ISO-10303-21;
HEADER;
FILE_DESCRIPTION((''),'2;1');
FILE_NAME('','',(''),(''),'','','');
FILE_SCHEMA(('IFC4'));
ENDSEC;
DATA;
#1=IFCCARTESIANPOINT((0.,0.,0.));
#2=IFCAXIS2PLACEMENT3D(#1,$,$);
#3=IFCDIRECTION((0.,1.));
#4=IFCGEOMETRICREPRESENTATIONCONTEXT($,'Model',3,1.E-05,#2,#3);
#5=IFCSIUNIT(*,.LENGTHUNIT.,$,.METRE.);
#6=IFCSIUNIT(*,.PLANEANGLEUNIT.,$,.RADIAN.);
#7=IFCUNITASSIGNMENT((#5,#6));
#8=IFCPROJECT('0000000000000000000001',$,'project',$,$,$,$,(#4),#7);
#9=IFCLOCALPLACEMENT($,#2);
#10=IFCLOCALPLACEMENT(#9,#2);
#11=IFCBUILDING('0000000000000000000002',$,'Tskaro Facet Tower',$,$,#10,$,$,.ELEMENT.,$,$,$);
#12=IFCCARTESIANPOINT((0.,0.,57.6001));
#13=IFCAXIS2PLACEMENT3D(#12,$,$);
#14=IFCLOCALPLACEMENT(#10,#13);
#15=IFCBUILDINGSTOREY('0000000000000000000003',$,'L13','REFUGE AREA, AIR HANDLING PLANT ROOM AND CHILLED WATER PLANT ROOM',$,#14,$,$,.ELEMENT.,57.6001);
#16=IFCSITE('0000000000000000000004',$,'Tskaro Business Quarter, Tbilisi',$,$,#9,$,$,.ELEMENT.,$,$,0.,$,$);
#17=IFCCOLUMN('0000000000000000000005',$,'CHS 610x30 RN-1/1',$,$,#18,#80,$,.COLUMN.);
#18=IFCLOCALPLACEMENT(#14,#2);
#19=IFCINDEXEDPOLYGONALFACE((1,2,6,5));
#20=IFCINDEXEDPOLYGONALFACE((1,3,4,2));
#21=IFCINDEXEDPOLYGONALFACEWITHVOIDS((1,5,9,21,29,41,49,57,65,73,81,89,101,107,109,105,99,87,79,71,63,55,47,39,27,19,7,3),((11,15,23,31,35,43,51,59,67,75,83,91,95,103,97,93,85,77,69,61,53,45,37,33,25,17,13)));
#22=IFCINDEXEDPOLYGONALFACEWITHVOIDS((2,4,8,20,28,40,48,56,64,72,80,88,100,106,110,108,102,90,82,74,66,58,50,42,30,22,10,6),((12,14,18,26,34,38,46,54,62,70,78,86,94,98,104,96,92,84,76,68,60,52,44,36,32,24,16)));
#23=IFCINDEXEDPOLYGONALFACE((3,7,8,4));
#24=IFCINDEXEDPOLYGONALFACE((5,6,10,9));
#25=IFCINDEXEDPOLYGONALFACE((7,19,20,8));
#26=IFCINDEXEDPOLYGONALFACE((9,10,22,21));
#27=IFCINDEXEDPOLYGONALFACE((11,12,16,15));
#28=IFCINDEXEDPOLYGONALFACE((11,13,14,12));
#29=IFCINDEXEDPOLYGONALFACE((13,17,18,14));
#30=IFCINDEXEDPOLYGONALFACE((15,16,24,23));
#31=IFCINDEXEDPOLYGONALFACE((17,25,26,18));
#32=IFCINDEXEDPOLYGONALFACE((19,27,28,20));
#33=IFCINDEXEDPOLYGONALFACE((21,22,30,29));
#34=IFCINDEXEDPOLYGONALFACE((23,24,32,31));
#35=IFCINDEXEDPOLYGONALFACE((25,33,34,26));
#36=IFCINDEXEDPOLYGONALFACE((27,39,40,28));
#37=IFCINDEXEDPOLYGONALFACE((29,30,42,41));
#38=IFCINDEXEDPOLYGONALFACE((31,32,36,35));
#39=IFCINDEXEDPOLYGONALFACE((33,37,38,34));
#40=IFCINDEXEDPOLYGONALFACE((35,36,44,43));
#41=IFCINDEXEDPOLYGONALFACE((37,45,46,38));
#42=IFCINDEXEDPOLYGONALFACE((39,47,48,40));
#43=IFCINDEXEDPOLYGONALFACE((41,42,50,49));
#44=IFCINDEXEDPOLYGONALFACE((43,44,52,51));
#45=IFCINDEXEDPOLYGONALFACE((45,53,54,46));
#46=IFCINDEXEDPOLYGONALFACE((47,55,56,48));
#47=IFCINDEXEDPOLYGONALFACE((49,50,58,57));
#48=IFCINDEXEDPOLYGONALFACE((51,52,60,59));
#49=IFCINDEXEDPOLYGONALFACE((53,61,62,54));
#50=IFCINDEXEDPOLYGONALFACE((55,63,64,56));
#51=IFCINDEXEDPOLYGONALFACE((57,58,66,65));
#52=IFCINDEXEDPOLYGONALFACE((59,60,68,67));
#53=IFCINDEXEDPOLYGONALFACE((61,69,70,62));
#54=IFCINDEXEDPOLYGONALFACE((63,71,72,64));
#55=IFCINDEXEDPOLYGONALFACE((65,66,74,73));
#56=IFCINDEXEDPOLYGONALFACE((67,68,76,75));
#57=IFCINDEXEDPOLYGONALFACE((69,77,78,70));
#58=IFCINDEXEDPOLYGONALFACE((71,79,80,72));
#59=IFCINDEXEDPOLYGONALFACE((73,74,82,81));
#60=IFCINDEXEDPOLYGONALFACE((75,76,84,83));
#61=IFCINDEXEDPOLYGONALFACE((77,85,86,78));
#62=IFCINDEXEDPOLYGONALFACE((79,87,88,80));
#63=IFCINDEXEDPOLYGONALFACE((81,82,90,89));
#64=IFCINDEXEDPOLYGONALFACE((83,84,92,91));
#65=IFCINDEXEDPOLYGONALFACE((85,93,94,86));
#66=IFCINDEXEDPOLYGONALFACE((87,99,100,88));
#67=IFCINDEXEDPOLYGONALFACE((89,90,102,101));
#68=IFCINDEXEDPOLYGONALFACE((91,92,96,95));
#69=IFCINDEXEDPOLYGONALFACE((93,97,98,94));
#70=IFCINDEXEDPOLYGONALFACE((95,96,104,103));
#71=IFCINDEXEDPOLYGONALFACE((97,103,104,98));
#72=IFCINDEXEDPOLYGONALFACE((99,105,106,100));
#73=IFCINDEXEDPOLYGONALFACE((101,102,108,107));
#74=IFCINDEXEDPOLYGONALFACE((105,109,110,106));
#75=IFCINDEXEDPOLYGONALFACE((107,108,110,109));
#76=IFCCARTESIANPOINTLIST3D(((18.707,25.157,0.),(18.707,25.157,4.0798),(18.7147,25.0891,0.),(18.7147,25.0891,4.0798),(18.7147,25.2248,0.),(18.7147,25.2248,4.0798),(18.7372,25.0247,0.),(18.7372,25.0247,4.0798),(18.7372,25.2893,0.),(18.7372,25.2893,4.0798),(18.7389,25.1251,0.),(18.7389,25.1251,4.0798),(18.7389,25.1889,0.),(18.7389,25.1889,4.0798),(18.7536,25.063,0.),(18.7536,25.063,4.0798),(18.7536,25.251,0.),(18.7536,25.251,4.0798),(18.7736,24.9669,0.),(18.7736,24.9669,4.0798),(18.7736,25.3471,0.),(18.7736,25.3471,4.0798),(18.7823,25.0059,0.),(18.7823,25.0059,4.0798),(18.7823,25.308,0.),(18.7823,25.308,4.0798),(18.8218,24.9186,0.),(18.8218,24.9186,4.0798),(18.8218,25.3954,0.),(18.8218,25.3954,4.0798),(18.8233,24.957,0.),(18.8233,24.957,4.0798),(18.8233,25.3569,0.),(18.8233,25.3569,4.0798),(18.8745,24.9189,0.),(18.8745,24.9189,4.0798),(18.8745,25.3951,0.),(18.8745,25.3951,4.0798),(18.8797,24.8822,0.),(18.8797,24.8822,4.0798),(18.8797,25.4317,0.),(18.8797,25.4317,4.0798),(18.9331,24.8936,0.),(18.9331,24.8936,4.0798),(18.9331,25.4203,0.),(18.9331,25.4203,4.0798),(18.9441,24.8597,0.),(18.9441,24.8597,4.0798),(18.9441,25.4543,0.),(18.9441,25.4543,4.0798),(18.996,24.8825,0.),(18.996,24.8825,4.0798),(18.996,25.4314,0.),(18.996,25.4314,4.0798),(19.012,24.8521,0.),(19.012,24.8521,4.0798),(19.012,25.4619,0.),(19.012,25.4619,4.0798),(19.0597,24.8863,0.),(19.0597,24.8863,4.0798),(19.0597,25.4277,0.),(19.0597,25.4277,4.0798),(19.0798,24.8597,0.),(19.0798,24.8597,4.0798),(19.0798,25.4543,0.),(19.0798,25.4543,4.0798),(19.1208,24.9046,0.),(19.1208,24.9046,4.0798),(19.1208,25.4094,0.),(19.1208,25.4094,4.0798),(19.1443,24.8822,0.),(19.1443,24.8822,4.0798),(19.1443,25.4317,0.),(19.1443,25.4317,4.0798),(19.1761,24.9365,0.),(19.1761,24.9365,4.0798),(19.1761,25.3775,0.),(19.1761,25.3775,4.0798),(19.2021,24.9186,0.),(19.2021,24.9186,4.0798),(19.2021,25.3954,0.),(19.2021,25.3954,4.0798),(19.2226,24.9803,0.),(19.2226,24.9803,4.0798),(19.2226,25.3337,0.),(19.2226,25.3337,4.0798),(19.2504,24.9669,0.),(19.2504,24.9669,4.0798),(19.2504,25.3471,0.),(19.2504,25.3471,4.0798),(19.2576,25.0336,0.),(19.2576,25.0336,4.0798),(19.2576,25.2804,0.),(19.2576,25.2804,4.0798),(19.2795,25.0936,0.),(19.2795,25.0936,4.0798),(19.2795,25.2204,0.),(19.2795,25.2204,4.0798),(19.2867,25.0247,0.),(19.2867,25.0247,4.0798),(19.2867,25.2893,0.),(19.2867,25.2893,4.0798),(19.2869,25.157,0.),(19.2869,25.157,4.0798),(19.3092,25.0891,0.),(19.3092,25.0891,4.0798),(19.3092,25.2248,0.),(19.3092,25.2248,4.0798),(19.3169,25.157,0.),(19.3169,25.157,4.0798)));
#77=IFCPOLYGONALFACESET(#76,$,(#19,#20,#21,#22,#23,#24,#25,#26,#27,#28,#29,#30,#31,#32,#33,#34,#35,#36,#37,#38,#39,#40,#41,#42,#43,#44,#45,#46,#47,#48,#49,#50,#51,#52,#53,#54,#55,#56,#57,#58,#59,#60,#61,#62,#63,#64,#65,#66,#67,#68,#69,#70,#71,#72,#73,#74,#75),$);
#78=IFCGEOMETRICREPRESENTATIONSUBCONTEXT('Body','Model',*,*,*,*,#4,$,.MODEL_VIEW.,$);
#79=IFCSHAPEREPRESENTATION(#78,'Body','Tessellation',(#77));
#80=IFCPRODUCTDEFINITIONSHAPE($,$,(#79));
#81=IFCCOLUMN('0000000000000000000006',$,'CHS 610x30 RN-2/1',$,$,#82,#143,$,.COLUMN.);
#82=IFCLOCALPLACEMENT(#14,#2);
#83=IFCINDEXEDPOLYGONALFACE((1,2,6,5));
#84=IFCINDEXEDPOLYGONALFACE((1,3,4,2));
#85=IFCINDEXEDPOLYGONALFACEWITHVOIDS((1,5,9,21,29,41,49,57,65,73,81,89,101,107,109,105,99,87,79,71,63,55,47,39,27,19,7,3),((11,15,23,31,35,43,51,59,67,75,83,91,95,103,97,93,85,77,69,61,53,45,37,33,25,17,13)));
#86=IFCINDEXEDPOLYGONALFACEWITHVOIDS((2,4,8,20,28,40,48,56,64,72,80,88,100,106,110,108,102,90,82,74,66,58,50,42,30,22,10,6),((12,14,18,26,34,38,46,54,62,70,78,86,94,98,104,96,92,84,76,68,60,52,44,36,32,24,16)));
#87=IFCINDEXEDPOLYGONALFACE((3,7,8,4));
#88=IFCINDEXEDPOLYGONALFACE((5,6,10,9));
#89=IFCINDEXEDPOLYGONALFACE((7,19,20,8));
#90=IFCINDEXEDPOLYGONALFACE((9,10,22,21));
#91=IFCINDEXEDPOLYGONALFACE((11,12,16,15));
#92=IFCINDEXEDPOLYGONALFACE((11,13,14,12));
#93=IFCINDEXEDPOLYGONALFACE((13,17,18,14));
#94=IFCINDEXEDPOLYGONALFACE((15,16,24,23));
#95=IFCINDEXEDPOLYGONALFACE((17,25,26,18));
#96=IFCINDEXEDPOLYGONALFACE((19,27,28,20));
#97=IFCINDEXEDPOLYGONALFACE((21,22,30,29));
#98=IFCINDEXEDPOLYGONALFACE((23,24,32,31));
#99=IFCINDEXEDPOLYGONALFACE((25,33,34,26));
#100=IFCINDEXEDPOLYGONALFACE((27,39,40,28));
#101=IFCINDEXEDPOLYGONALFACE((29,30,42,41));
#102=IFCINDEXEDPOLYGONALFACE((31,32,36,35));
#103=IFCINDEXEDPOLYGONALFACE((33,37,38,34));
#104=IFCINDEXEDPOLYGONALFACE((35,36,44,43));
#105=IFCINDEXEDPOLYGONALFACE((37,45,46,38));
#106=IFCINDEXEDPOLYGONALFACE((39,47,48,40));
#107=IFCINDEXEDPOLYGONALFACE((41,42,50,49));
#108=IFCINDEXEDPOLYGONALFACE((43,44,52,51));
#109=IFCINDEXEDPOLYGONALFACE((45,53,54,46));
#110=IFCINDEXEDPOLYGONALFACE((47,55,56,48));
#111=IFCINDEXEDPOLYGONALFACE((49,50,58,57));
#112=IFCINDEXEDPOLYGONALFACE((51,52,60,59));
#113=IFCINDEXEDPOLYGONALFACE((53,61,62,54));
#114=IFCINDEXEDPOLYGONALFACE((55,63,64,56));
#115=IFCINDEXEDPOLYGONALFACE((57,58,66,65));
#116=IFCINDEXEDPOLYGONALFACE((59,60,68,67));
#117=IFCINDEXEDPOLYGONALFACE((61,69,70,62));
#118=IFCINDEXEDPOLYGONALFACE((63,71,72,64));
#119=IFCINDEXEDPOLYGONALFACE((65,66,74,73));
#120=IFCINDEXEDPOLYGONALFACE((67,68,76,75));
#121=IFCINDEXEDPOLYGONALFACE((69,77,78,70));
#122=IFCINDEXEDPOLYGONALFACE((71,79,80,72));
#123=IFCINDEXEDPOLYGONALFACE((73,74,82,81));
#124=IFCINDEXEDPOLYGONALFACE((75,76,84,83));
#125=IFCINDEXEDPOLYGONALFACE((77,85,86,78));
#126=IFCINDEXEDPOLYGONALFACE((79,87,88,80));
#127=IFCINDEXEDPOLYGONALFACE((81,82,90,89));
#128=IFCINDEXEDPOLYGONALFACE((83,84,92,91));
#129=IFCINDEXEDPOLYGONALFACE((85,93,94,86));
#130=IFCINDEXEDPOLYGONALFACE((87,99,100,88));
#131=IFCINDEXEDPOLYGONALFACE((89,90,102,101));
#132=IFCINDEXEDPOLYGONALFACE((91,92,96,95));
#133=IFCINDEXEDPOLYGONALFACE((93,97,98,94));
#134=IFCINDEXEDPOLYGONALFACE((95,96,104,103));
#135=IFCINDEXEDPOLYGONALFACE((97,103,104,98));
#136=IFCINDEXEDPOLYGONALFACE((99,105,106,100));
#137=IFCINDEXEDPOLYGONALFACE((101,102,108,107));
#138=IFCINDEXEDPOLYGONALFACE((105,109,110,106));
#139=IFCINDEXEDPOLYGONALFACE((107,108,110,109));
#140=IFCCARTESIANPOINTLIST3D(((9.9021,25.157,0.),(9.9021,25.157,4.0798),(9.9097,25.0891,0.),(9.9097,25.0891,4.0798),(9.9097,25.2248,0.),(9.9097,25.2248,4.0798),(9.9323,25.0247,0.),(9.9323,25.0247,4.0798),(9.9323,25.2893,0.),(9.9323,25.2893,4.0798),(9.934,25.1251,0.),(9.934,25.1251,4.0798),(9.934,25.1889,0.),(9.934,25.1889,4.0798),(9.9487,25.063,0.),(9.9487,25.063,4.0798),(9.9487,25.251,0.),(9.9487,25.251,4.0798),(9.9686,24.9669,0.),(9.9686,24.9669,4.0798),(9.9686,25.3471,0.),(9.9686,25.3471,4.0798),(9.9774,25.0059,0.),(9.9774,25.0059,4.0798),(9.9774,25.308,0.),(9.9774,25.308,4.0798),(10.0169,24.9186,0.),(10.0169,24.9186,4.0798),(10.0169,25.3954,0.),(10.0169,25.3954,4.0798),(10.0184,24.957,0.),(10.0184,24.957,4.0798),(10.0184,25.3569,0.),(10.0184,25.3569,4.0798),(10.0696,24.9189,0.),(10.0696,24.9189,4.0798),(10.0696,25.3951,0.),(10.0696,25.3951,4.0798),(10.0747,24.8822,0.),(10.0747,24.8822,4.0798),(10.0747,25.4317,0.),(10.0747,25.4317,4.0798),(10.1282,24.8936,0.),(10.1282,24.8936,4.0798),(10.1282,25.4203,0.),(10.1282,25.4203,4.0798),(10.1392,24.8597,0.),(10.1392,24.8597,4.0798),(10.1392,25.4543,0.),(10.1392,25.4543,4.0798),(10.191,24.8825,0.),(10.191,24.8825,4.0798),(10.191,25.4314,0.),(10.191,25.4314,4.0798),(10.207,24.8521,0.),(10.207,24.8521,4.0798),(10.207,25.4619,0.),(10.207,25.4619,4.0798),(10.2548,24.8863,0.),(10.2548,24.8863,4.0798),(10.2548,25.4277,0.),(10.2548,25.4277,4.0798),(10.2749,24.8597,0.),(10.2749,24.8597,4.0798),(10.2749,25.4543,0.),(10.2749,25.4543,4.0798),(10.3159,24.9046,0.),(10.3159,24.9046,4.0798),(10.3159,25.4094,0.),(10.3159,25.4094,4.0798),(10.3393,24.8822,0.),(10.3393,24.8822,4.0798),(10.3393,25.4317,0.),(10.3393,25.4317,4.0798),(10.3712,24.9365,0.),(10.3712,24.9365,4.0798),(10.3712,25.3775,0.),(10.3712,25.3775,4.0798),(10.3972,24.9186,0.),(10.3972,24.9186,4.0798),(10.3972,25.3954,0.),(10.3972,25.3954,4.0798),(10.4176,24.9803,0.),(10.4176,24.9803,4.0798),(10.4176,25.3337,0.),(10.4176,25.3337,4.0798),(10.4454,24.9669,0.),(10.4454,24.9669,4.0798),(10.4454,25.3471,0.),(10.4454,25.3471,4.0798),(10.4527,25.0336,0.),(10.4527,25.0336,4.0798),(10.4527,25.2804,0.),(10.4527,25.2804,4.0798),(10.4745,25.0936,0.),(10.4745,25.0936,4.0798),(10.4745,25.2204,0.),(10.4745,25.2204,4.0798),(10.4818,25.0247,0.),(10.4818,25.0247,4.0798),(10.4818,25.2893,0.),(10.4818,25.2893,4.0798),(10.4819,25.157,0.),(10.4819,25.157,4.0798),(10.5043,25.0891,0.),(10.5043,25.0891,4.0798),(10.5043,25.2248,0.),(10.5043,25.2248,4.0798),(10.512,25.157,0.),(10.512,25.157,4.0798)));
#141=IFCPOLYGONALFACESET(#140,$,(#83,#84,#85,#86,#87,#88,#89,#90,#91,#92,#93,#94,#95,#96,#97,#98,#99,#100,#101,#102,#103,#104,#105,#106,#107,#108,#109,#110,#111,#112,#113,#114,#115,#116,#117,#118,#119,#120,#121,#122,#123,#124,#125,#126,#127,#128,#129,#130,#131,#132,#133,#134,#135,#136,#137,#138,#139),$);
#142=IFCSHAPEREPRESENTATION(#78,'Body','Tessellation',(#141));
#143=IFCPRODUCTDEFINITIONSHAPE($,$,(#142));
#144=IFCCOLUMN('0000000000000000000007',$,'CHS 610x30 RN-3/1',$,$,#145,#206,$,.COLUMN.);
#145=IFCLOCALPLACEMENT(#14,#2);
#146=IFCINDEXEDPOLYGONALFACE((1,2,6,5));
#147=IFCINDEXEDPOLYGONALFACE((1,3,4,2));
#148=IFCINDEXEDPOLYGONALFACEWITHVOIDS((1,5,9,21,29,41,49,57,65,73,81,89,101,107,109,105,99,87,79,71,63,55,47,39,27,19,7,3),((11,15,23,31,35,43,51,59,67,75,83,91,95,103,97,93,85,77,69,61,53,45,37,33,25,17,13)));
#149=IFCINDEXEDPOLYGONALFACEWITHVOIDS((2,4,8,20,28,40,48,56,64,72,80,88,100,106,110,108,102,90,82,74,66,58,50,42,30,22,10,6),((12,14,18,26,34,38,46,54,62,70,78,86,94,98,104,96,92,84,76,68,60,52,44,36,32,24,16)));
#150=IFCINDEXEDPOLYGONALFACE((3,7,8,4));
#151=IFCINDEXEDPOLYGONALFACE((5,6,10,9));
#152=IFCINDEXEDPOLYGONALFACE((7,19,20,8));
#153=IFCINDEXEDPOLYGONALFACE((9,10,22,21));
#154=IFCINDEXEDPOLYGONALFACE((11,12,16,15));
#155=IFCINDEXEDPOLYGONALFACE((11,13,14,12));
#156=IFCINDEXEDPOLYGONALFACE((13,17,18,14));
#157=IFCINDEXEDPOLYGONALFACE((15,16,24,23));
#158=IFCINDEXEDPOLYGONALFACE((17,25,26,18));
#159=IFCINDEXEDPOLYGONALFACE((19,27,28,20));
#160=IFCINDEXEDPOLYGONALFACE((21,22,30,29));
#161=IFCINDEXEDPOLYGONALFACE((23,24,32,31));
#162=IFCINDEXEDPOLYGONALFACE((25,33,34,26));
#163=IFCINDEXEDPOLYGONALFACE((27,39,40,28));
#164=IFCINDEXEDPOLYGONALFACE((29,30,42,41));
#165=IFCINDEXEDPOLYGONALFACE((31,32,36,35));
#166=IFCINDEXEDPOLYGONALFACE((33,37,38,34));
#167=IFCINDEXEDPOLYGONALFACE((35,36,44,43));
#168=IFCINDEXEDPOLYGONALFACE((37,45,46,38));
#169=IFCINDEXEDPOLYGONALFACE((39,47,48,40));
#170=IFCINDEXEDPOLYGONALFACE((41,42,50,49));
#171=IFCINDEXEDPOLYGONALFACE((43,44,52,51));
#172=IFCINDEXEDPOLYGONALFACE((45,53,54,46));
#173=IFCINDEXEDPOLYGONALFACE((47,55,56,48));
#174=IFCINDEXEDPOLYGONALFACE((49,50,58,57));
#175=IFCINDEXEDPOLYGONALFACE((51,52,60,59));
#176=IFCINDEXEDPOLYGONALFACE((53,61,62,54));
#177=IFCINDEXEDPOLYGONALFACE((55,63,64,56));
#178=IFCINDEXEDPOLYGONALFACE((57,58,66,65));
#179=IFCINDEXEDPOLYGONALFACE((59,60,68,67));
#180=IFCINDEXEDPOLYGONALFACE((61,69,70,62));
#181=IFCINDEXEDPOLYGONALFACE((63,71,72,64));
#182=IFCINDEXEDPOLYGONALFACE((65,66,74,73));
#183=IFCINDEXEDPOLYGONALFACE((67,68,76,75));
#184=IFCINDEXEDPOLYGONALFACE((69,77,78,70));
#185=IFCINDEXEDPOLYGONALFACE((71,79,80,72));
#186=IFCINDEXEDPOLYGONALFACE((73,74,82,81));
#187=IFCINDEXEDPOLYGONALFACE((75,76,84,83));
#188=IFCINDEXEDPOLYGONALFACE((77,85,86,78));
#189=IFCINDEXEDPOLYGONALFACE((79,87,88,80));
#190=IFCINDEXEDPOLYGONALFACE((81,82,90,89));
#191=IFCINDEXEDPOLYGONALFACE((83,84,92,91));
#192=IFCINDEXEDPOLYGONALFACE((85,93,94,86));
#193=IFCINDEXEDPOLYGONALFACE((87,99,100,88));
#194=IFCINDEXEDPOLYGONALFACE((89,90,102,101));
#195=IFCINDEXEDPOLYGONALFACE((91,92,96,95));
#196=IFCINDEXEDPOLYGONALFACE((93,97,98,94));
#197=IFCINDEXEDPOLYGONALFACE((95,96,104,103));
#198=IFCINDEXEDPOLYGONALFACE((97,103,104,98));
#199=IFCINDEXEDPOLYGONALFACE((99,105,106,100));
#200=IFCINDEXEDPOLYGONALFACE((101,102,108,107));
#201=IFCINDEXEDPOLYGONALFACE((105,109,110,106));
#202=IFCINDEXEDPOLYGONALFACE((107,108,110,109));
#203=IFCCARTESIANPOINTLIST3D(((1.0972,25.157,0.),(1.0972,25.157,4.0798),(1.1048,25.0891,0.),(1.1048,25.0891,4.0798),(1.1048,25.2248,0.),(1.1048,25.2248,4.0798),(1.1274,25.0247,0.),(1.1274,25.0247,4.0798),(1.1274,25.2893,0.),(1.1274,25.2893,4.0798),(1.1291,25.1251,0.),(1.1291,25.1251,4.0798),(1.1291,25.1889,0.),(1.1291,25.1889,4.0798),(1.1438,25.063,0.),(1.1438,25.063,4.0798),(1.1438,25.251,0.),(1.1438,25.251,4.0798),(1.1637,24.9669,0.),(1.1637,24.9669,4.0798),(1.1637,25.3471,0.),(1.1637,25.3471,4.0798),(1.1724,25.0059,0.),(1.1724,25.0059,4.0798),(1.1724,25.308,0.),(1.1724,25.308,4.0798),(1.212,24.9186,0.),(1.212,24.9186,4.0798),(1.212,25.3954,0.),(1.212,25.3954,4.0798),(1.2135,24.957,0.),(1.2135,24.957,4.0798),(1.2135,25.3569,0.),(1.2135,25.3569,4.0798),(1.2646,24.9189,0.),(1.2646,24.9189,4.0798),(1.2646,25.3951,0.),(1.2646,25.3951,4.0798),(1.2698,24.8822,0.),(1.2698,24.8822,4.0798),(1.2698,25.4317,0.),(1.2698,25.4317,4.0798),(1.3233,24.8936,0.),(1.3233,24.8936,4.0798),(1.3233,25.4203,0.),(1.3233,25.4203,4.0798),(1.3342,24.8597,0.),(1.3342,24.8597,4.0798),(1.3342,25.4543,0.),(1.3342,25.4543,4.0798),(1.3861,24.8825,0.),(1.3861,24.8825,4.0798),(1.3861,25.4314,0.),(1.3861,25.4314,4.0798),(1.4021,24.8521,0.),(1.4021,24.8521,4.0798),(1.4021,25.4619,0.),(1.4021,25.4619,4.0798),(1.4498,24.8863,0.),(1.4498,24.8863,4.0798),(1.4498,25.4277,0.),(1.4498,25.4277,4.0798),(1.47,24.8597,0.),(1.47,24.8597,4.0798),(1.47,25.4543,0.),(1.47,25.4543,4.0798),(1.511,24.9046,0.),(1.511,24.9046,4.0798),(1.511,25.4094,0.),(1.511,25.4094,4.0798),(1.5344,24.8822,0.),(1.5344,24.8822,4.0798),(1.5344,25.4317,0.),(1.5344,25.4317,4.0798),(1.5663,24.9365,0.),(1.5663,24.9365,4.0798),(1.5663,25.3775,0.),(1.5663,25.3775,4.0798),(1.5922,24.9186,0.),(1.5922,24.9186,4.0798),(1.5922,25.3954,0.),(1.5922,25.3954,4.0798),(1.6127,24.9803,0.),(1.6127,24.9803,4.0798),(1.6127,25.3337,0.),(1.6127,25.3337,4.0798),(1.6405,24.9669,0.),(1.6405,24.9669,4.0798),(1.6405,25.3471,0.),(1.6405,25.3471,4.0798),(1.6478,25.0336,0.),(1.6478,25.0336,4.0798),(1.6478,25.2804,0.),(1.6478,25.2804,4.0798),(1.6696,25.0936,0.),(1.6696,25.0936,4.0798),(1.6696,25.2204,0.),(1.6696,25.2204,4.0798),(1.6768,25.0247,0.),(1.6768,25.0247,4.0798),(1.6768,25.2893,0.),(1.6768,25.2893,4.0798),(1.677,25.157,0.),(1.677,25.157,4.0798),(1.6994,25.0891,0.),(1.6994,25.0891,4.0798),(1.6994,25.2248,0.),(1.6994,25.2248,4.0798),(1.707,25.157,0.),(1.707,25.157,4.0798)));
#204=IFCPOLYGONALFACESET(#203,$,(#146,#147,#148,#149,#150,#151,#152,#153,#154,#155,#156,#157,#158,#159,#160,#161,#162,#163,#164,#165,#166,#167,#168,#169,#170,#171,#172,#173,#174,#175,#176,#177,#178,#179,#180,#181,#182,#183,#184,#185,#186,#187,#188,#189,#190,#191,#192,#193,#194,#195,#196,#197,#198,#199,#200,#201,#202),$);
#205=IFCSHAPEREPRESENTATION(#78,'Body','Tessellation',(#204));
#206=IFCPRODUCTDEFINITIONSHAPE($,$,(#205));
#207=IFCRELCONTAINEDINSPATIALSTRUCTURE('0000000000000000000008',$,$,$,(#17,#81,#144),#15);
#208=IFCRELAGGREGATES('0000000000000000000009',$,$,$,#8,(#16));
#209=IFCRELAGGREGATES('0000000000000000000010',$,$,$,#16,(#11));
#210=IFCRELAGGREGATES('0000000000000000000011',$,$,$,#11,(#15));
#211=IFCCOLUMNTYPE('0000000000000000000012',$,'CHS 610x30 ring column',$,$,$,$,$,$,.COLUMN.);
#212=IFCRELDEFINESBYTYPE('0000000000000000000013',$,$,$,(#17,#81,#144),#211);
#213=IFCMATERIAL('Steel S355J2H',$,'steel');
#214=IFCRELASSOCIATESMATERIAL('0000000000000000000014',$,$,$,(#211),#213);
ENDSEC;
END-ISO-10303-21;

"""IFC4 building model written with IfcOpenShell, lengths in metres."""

from ifc_helpers import new_model, si_unit, direction, frame, origin, origin_2d, place, context, subcontext, project, spatial, hollow_circle, extrude, material, material_profile, profile_set, type_object, element, save


model = new_model("IFC4")

# Units and contexts
model_context = context("Model", 3, precision=1e-05, world=origin(), true_north=direction((0.0, 1.0)))
body_context = subcontext(model_context, "Body", "Model", "MODEL_VIEW")
ifc_project = project(units=[si_unit("LENGTHUNIT", "METRE"), si_unit("PLANEANGLEUNIT", "RADIAN")], contexts=[model_context])

# Site, building, storey
site_placement = place(None, origin())
site = spatial("IfcSite", under=ifc_project, at=site_placement, Name="Tskaro Business Quarter, Tbilisi", CompositionType="ELEMENT", RefElevation=0.0)
building_placement = place(site_placement, origin())
building = spatial("IfcBuilding", under=site, at=building_placement, Name="Tskaro Facet Tower", CompositionType="ELEMENT")
storey_placement = place(building_placement, frame((0.0, 0.0, 57.6001)))
storey = spatial("IfcBuildingStorey", under=building, at=storey_placement, Name="L13", Description="REFUGE AREA, AIR HANDLING PLANT ROOM AND CHILLED WATER PLANT ROOM", CompositionType="ELEMENT", Elevation=57.6001)

# Columns
ifc_material_1 = material(Name="Steel S355J2H", Category="steel")
ifc_material_profile_1 = material_profile(ifc_material_1, hollow_circle(Radius=0.3049, WallThickness=0.03, at=origin_2d()), Name="CHS 610x30")
ifc_profile_set_1 = profile_set([ifc_material_profile_1], Name="Steel S355J2H")
column_type_1 = type_object("IfcColumnType", Name="CHS 610x30 ring column", PredefinedType="COLUMN", material=ifc_profile_set_1)
for number, where, z_axis, x_axis, name in (
    (1, (19.012, 25.157, 0.0), (0.0, 0.0, 1.0), (1.0, 0.0, 0.0), "CHS 610x30 RN-1/1"),
    (2, (10.207, 25.157, 0.0), (0.0, 0.0, 1.0), (1.0, 0.0, 0.0), "CHS 610x30 RN-2/1"),
    (3, (1.4021, 25.157, 0.0), (0.0, 0.0, 1.0), (1.0, 0.0, 0.0), "CHS 610x30 RN-3/1"),
):
    element("IfcColumn", number, at=place(storey_placement, frame(where, z_axis=z_axis, x_axis=x_axis)), inside=storey, type_object=column_type_1, Name=name, PredefinedType="COLUMN", context=body_context, shape_type="SweptSolid", body=[
        extrude(hollow_circle(Radius=0.3049, WallThickness=0.03, at=origin_2d()), origin(), (0.0, 0.0, 1.0), 4.0798),
    ])

save(model, "model.ifc")
